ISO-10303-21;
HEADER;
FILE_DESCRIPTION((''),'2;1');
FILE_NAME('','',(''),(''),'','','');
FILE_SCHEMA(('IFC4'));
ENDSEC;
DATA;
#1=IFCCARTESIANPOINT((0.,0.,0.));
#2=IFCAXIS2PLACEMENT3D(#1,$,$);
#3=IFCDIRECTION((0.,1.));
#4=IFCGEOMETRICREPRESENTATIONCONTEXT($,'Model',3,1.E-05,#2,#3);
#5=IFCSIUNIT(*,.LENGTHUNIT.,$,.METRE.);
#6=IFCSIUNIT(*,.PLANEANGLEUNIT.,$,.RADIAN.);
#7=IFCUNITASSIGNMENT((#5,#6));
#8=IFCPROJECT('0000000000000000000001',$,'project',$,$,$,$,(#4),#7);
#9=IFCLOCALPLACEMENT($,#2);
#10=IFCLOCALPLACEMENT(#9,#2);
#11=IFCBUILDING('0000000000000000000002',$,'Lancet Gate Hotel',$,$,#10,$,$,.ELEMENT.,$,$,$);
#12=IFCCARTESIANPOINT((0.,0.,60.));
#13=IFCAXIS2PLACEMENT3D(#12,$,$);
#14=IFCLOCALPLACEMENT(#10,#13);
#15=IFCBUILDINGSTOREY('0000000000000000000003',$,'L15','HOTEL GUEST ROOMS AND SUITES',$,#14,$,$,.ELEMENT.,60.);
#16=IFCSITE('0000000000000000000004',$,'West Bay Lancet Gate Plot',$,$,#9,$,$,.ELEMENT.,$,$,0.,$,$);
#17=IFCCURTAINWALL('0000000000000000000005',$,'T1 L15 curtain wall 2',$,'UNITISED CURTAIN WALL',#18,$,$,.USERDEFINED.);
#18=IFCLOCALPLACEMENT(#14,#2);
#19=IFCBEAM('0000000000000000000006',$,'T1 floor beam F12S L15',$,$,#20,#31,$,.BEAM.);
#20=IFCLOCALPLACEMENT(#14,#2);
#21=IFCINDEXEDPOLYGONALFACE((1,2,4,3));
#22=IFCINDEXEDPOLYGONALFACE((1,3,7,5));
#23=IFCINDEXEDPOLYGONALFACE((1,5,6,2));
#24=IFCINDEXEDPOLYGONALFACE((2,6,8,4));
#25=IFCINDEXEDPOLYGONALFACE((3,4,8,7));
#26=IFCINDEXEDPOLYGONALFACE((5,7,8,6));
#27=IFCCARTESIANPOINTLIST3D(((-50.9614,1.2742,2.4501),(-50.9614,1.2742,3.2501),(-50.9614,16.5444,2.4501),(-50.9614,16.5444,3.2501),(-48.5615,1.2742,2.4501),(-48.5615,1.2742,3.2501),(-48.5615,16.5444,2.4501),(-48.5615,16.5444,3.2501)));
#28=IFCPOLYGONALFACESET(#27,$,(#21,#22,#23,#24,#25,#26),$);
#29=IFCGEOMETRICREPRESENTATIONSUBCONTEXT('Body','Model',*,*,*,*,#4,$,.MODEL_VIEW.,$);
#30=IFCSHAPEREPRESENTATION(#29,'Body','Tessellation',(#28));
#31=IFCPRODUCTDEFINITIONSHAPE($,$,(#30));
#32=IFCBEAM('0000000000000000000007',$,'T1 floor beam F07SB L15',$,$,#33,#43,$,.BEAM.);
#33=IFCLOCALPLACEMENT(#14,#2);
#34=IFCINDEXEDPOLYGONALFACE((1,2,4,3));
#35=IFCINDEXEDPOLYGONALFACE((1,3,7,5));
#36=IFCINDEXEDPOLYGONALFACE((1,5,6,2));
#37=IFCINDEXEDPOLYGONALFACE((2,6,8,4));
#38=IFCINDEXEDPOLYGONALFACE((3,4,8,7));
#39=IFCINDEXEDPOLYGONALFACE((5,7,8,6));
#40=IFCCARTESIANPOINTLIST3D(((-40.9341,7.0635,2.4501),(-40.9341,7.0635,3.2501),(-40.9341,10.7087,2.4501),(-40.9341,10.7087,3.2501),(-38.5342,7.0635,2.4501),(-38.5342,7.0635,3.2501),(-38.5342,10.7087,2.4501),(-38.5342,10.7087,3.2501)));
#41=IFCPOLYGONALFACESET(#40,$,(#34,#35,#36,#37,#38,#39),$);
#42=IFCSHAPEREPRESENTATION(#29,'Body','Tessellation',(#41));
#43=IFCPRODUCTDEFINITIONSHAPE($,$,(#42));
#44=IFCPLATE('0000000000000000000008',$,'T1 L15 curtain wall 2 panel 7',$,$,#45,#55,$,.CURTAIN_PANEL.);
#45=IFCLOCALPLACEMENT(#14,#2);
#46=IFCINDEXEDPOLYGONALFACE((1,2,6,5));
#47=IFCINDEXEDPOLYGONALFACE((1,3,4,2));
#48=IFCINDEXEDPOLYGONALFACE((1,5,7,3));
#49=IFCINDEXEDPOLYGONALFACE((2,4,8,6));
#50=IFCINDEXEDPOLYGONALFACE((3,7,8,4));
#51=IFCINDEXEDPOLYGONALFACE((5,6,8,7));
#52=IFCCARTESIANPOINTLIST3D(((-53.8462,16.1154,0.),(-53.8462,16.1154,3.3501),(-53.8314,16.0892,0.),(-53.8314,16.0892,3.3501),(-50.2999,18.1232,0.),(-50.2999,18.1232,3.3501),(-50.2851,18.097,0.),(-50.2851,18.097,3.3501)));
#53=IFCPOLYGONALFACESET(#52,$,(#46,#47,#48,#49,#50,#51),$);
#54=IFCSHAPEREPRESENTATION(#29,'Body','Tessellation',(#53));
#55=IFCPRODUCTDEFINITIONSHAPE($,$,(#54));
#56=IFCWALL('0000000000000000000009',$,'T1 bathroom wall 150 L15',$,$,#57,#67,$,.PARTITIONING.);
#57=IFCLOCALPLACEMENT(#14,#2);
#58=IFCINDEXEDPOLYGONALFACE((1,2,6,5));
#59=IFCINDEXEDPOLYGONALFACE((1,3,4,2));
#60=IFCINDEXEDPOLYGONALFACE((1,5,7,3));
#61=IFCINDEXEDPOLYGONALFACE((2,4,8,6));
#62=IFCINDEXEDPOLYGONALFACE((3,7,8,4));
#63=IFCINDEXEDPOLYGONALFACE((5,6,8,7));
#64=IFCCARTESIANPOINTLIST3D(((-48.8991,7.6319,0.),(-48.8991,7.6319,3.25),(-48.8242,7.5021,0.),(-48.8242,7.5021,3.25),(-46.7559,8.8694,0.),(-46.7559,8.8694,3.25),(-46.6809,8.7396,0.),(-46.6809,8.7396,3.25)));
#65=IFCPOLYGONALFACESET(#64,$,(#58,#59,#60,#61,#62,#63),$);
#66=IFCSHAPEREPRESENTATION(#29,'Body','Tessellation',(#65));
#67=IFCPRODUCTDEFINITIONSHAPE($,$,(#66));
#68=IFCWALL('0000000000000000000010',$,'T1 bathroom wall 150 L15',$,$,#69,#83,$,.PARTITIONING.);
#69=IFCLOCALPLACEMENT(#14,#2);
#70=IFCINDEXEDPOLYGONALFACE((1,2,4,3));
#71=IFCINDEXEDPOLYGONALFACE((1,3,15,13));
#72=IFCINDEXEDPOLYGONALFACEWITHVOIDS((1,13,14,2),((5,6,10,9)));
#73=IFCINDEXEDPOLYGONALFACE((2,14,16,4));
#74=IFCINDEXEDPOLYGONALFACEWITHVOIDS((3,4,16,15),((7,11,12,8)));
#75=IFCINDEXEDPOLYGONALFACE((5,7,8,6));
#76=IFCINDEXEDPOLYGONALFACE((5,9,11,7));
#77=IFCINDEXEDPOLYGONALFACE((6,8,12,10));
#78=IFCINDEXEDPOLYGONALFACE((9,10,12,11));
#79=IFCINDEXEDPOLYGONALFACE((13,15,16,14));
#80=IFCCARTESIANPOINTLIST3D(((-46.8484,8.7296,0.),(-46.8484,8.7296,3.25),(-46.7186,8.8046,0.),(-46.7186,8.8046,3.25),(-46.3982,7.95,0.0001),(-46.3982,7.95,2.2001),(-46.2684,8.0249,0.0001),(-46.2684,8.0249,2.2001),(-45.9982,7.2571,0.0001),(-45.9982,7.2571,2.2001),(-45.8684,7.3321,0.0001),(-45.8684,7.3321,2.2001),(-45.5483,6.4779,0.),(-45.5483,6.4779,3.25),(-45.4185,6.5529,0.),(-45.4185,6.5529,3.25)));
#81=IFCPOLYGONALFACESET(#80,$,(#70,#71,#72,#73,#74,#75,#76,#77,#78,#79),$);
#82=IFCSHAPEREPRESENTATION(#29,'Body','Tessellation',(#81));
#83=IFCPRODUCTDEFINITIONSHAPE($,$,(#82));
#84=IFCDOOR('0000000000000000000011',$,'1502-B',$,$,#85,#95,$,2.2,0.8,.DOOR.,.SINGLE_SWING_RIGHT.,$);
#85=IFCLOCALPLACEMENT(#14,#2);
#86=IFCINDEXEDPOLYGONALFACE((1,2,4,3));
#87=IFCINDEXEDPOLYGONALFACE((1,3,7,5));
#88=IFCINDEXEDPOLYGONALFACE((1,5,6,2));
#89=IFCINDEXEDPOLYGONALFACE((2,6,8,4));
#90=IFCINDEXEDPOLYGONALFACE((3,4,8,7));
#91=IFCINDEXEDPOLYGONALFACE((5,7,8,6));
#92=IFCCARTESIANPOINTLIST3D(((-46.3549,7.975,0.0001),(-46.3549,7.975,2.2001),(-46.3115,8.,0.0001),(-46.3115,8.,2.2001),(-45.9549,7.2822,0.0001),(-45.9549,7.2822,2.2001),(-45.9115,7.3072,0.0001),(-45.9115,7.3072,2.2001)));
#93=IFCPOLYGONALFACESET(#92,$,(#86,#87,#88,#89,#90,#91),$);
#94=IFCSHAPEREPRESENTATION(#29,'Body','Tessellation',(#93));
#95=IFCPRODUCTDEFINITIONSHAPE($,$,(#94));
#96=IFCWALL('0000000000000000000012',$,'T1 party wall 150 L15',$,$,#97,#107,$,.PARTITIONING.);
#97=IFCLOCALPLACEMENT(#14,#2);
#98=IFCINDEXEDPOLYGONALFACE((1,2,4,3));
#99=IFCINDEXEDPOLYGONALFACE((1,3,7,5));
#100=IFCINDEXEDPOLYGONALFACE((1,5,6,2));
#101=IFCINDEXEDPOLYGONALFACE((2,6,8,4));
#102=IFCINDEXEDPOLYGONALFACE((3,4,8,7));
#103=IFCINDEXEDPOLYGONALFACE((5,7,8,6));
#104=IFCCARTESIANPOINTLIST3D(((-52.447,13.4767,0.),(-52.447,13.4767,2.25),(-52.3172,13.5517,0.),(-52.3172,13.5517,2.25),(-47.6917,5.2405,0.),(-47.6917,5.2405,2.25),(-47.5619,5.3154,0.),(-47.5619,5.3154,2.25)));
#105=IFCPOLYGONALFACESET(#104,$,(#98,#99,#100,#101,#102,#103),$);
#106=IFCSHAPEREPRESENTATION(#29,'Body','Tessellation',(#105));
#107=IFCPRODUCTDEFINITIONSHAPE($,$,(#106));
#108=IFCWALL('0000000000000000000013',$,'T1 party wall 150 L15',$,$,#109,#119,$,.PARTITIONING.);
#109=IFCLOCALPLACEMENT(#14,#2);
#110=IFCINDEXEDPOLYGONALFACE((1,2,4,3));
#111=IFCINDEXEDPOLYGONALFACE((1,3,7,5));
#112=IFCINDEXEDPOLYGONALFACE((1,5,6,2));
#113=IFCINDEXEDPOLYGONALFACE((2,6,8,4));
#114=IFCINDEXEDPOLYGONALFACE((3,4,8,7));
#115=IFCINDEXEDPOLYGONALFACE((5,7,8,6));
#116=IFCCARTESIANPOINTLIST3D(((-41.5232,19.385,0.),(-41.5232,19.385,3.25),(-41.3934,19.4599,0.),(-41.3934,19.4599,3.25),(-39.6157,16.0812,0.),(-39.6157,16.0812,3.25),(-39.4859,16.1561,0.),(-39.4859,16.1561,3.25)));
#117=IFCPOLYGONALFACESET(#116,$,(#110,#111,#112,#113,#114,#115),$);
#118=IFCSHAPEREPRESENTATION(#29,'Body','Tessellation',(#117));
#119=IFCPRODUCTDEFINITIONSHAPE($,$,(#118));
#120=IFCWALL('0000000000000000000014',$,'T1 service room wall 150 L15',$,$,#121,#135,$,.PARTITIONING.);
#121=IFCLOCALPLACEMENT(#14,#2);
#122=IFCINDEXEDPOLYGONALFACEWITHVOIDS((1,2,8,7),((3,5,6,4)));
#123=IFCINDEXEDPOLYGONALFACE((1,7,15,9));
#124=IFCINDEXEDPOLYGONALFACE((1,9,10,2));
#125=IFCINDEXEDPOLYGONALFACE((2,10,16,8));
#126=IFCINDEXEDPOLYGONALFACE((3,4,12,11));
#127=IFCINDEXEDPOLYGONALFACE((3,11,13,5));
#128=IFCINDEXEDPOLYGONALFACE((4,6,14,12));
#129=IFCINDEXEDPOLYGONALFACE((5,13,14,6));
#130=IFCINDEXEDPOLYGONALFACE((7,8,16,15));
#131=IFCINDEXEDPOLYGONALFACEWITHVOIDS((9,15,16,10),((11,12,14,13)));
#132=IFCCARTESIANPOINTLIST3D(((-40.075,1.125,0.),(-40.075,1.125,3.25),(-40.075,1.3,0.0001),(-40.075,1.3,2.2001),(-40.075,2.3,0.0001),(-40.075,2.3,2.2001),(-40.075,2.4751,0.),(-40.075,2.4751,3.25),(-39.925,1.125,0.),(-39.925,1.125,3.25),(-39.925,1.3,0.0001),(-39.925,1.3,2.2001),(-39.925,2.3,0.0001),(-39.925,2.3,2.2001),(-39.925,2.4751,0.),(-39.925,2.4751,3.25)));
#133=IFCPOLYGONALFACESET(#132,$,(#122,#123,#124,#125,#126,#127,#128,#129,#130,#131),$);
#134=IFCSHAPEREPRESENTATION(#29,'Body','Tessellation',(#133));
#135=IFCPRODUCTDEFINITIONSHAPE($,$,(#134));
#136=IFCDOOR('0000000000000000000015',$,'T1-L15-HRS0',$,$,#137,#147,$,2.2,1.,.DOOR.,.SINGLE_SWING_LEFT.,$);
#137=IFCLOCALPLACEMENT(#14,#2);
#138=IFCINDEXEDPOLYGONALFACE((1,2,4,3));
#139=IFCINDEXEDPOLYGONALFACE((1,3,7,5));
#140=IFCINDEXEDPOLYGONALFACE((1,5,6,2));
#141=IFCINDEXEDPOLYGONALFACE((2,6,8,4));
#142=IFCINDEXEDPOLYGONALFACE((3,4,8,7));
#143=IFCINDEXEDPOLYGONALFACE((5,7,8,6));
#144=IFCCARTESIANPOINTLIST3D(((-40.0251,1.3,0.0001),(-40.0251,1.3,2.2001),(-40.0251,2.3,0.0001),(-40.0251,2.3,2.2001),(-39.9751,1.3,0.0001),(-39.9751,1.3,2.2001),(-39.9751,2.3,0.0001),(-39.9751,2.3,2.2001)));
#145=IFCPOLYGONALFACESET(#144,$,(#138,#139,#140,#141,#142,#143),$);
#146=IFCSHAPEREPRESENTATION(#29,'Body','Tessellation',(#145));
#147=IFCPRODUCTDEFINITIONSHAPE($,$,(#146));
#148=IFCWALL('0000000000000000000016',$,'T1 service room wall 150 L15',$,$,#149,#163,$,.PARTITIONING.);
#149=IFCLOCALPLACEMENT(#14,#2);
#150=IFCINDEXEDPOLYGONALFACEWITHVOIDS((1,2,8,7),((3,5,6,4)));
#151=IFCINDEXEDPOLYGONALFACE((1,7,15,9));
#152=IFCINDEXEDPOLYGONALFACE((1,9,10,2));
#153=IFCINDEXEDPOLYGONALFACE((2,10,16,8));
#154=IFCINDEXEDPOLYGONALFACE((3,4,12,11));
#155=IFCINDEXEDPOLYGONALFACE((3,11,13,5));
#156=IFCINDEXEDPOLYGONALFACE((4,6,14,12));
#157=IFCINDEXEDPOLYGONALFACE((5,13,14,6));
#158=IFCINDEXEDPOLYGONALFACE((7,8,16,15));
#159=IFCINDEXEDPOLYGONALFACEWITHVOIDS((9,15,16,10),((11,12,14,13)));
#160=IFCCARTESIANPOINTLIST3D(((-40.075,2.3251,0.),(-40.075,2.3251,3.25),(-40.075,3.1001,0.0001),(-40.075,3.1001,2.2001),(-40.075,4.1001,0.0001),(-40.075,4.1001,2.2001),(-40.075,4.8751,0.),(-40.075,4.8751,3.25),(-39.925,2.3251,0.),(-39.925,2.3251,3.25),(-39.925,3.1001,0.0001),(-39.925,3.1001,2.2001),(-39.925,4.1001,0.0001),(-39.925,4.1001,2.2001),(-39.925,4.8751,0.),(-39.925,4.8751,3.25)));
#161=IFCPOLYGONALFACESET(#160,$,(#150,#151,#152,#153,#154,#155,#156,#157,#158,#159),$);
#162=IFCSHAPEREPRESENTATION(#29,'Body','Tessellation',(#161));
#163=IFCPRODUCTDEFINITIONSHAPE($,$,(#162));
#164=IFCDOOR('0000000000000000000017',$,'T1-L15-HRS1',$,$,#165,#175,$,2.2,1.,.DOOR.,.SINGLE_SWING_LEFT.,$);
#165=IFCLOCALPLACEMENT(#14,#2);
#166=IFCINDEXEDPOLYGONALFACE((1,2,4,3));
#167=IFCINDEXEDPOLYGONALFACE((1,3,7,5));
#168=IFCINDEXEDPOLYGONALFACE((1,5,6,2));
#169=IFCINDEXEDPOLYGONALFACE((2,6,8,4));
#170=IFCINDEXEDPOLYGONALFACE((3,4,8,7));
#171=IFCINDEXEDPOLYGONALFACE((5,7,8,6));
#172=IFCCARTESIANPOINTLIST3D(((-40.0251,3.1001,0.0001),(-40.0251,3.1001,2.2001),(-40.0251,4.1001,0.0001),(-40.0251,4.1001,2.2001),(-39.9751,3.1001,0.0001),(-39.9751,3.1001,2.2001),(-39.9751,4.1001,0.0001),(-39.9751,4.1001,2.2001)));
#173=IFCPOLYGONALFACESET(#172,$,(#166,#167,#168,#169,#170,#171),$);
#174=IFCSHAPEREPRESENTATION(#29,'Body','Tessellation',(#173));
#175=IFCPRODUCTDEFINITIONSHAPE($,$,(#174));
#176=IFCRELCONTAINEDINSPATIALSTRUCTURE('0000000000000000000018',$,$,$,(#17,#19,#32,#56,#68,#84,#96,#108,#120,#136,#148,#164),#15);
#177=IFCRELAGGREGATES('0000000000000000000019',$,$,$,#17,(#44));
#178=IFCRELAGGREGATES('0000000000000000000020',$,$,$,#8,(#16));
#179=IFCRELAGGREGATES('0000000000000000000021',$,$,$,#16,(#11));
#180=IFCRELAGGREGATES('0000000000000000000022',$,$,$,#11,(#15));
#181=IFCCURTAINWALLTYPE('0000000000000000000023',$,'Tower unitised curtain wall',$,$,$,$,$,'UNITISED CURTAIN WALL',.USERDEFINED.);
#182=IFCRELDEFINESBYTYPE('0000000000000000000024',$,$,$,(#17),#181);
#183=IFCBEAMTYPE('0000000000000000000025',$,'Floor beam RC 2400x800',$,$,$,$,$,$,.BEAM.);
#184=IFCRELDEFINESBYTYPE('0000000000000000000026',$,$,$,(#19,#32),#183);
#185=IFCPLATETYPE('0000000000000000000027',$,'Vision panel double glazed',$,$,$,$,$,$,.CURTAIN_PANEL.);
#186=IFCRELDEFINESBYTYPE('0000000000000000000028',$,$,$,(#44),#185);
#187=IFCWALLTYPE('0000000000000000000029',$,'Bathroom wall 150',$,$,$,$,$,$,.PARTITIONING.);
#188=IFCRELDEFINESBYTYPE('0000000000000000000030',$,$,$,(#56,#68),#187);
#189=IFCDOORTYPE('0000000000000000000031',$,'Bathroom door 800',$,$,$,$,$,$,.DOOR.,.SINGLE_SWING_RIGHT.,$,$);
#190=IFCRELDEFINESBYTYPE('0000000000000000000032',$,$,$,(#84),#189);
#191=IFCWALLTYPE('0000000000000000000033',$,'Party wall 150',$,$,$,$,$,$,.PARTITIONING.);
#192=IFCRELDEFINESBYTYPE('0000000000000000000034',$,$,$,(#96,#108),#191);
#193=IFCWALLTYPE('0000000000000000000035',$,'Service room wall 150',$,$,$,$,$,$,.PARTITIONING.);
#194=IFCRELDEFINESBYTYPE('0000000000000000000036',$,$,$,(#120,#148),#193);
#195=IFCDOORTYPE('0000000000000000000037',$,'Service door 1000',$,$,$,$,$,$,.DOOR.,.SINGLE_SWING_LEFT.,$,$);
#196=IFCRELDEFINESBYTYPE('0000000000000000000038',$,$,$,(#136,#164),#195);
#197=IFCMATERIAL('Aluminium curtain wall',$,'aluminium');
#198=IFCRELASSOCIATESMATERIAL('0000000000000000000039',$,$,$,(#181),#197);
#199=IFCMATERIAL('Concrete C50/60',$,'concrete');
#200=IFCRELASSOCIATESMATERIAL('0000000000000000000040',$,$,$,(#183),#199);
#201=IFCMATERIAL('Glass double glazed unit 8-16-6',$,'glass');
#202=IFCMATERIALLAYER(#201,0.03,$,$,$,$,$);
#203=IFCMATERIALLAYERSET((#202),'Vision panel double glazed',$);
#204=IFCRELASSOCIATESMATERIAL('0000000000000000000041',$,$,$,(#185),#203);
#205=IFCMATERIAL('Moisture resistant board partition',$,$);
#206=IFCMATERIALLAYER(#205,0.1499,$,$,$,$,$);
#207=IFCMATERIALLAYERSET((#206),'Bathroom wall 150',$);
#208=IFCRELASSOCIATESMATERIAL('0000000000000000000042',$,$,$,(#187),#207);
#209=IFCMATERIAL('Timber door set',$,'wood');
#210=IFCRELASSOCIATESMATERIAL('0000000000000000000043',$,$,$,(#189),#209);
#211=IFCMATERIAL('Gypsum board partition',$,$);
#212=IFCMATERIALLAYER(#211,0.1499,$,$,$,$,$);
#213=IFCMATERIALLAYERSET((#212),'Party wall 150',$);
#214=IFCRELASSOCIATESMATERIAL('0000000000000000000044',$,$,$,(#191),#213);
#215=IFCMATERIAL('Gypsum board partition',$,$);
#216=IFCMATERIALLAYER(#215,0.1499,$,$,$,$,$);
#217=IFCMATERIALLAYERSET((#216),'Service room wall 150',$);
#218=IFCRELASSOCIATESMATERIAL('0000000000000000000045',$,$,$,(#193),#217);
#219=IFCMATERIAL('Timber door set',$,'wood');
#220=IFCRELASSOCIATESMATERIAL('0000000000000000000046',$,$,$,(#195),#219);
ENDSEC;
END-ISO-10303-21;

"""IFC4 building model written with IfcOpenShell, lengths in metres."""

from ifc_helpers import new_model, si_unit, direction, frame, frame_2d, origin, origin_2d, place, context, subcontext, project, spatial, rectangle, extrude, material, layer, layer_set, material_profile, profile_set, type_object, element, fill, aggregate, save


model = new_model("IFC4")

# Units and contexts
model_context = context("Model", 3, precision=1e-05, world=origin(), true_north=direction((0.0, 1.0)))
body_context = subcontext(model_context, "Body", "Model", "MODEL_VIEW")
ifc_project = project(units=[si_unit("LENGTHUNIT", "METRE"), si_unit("PLANEANGLEUNIT", "RADIAN")], contexts=[model_context])

# Site, building, storey
site_placement = place(None, origin())
site = spatial("IfcSite", under=ifc_project, at=site_placement, Name="West Bay Lancet Gate Plot", CompositionType="ELEMENT", RefElevation=0.0)
building_placement = place(site_placement, origin())
building = spatial("IfcBuilding", under=site, at=building_placement, Name="Lancet Gate Hotel", CompositionType="ELEMENT")
storey_placement = place(building_placement, frame((0.0, 0.0, 60.0)))
storey = spatial("IfcBuildingStorey", under=building, at=storey_placement, Name="L15", Description="HOTEL GUEST ROOMS AND SUITES", CompositionType="ELEMENT", Elevation=60.0)

# Curtain wall
ifc_material_1 = material(Name="Aluminium curtain wall", Category="aluminium")
curtain_wall_type = type_object("IfcCurtainWallType", Name="Tower unitised curtain wall", ElementType="UNITISED CURTAIN WALL", PredefinedType="USERDEFINED", material=ifc_material_1)
curtain_wall_placement = place(storey_placement, origin())
curtain_wall = element("IfcCurtainWall", 1, at=curtain_wall_placement, inside=storey, type_object=curtain_wall_type, Name="T1 L15 curtain wall 2", ObjectType="UNITISED CURTAIN WALL", PredefinedType="USERDEFINED")

# Beams
ifc_material_2 = material(Name="Concrete C50/60", Category="concrete")
ifc_material_profile_1 = material_profile(ifc_material_2, rectangle(XDim=2.3999, YDim=0.8, at=origin_2d()), Name="RC 2400x800")
ifc_profile_set_1 = profile_set([ifc_material_profile_1], Name="Concrete C50/60")
beam_type_1 = type_object("IfcBeamType", Name="Floor beam RC 2400x800", PredefinedType="BEAM", material=ifc_profile_set_1)
beam_1_placement = place(storey_placement, frame((-49.7615, 16.5444, 2.8501), z_axis=(0.0, -1.0, 0.0), x_axis=(1.0, 0.0, 0.0)))
element("IfcBeam", 2, at=beam_1_placement, inside=storey, type_object=beam_type_1, Name="T1 floor beam F12S L15", PredefinedType="BEAM", context=body_context, shape_type="SweptSolid", body=[
    extrude(rectangle(XDim=2.3999, YDim=0.8, at=origin_2d()), origin(), (0.0, 0.0, 1.0), 15.2703),
])
beam_2_placement = place(storey_placement, frame((-39.7341, 10.7087, 2.8501), z_axis=(0.0, -1.0, 0.0), x_axis=(1.0, 0.0, 0.0)))
element("IfcBeam", 3, at=beam_2_placement, inside=storey, type_object=beam_type_1, Name="T1 floor beam F07SB L15", PredefinedType="BEAM", context=body_context, shape_type="SweptSolid", body=[
    extrude(rectangle(XDim=2.3999, YDim=0.8, at=origin_2d()), origin(), (0.0, 0.0, 1.0), 3.6453),
])

# Plate
ifc_material_3 = material(Name="Glass double glazed unit 8-16-6", Category="glass")
ifc_layer_1 = layer(ifc_material_3, 0.03)
ifc_layer_set_1 = layer_set([ifc_layer_1], Name="Vision panel double glazed")
plate_type = type_object("IfcPlateType", Name="Vision panel double glazed", PredefinedType="CURTAIN_PANEL", material=ifc_layer_set_1)
plate_placement = place(storey_placement, frame((-52.0657, 17.1062, 0.0), z_axis=(0.0, 0.0, 1.0), x_axis=(-0.870205, -0.49269, 0.0)))
plate = element("IfcPlate", 4, at=plate_placement, type_object=plate_type, Name="T1 L15 curtain wall 2 panel 7", PredefinedType="CURTAIN_PANEL", context=body_context, shape_type="SweptSolid", body=[
    extrude(rectangle(XDim=4.0752, YDim=0.03, at=origin_2d()), origin(), (0.0, 0.0, 1.0), 3.3501),
])
aggregate(curtain_wall, [plate])

# Wall
ifc_material_4 = material(Name="Moisture resistant board partition")
ifc_layer_2 = layer(ifc_material_4, 0.1499)
ifc_layer_set_2 = layer_set([ifc_layer_2], Name="Bathroom wall 150")
wall_type_1 = type_object("IfcWallType", Name="Bathroom wall 150", PredefinedType="PARTITIONING", material=ifc_layer_set_2)
wall_1_placement = place(storey_placement, frame((-46.7185, 8.8044, 0.0), z_axis=(0.0, 0.0, 1.0), x_axis=(-0.866007, -0.500033, 0.0)))
element("IfcWall", 5, at=wall_1_placement, inside=storey, type_object=wall_type_1, Name="T1 bathroom wall 150 L15", PredefinedType="PARTITIONING", context=body_context, shape_type="SweptSolid", body=[
    extrude(rectangle(XDim=2.4749, YDim=0.1499, at=frame_2d((1.2373, 0.0))), origin(), (0.0, 0.0, 1.0), 3.25),
])

# Wall, opening, door
wall_2_placement = place(storey_placement, frame((-45.4834, 6.5154, 0.0), z_axis=(0.0, 0.0, 1.0), x_axis=(-0.500007, 0.866021, 0.0)))
wall_2 = element("IfcWall", 6, at=wall_2_placement, inside=storey, type_object=wall_type_1, Name="T1 bathroom wall 150 L15", PredefinedType="PARTITIONING", context=body_context, shape_type="SweptSolid", body=[
    extrude(rectangle(XDim=2.6001, YDim=0.1499, at=frame_2d((1.3, 0.0))), origin(), (0.0, 0.0, 1.0), 3.25),
])
opening_1_placement = place(wall_2_placement, frame((0.8999, 0.0, 0.0)))
opening_1 = element("IfcOpeningElement", 7, at=opening_1_placement, cuts=wall_2, PredefinedType="OPENING", context=body_context, shape_type="SweptSolid", body=[
    extrude(rectangle(XDim=0.8, YDim=2.2, at=frame_2d((0.3999, 1.1001))), frame((0.0, 0.085, 0.0), z_axis=(0.0, -1.0, 0.0), x_axis=(1.0, 0.0, 0.0)), (0.0, 0.0, 1.0), 0.1699),
])
ifc_material_5 = material(Name="Timber door set", Category="wood")
door_type_1 = type_object("IfcDoorType", Name="Bathroom door 800", OperationType="SINGLE_SWING_RIGHT", PredefinedType="DOOR", material=ifc_material_5)
door_1_placement = place(opening_1_placement, origin())
door_1 = element("IfcDoor", 8, at=door_1_placement, inside=storey, type_object=door_type_1, Name="1502-B", OperationType="SINGLE_SWING_RIGHT", OverallHeight=2.2, OverallWidth=0.8, PredefinedType="DOOR", context=body_context, shape_type="SweptSolid", body=[
    extrude(rectangle(XDim=0.8, YDim=2.2, at=frame_2d((0.3999, 1.1001))), frame((0.0, 0.0249, 0.0), z_axis=(0.0, -1.0, 0.0), x_axis=(1.0, 0.0, 0.0)), (0.0, 0.0, 1.0), 0.05),
])
fill(opening_1, door_1)

# Walls
ifc_material_6 = material(Name="Gypsum board partition")
ifc_layer_3 = layer(ifc_material_6, 0.1499)
ifc_layer_set_3 = layer_set([ifc_layer_3], Name="Party wall 150")
wall_type_2 = type_object("IfcWallType", Name="Party wall 150", PredefinedType="PARTITIONING", material=ifc_layer_set_3)
wall_3_placement = place(storey_placement, frame((-47.6267, 5.2778, 0.0), z_axis=(0.0, 0.0, 1.0), x_axis=(-0.50001, 0.86602, 0.0)))
element("IfcWall", 9, at=wall_3_placement, inside=storey, type_object=wall_type_2, Name="T1 party wall 150 L15", PredefinedType="PARTITIONING", context=body_context, shape_type="SweptSolid", body=[
    extrude(rectangle(XDim=9.5105, YDim=0.1499, at=frame_2d((4.7554, 0.0))), origin(), (0.0, 0.0, 1.0), 2.25),
])
wall_4_placement = place(storey_placement, frame((-39.5508, 16.1187, 0.0), z_axis=(0.0, 0.0, 1.0), x_axis=(-0.500014, 0.866017, 0.0)))
element("IfcWall", 10, at=wall_4_placement, inside=storey, type_object=wall_type_2, Name="T1 party wall 150 L15", PredefinedType="PARTITIONING", context=body_context, shape_type="SweptSolid", body=[
    extrude(rectangle(XDim=3.8149, YDim=0.1499, at=frame_2d((1.9075, 0.0))), origin(), (0.0, 0.0, 1.0), 3.25),
])

# Walls, openings, doors
ifc_material_7 = material(Name="Gypsum board partition")
ifc_layer_4 = layer(ifc_material_7, 0.1499)
ifc_layer_set_4 = layer_set([ifc_layer_4], Name="Service room wall 150")
wall_type_3 = type_object("IfcWallType", Name="Service room wall 150", PredefinedType="PARTITIONING", material=ifc_layer_set_4)
wall_5_placement = place(storey_placement, frame((-40.0, 2.4751, 0.0), z_axis=(0.0, 0.0, 1.0), x_axis=(0.0, -1.0, 0.0)))
wall_5 = element("IfcWall", 11, at=wall_5_placement, inside=storey, type_object=wall_type_3, Name="T1 service room wall 150 L15", PredefinedType="PARTITIONING", context=body_context, shape_type="SweptSolid", body=[
    extrude(rectangle(XDim=1.3501, YDim=0.1499, at=frame_2d((0.675, 0.0))), origin(), (0.0, 0.0, 1.0), 3.25),
])
opening_2_placement = place(wall_5_placement, frame((0.175, 0.0, 0.0)))
opening_2 = element("IfcOpeningElement", 12, at=opening_2_placement, cuts=wall_5, PredefinedType="OPENING", context=body_context, shape_type="SweptSolid", body=[
    extrude(rectangle(XDim=1.0, YDim=2.2, at=frame_2d((0.5, 1.1001))), frame((0.0, 0.085, 0.0), z_axis=(0.0, -1.0, 0.0), x_axis=(1.0, 0.0, 0.0)), (0.0, 0.0, 1.0), 0.1699),
])
ifc_material_8 = material(Name="Timber door set", Category="wood")
door_type_2 = type_object("IfcDoorType", Name="Service door 1000", OperationType="SINGLE_SWING_LEFT", PredefinedType="DOOR", material=ifc_material_8)
door_2_placement = place(opening_2_placement, origin())
door_2 = element("IfcDoor", 13, at=door_2_placement, inside=storey, type_object=door_type_2, Name="T1-L15-HRS0", OperationType="SINGLE_SWING_LEFT", OverallHeight=2.2, OverallWidth=1.0, PredefinedType="DOOR", context=body_context, shape_type="SweptSolid", body=[
    extrude(rectangle(XDim=1.0, YDim=2.2, at=frame_2d((0.5, 1.1001))), frame((0.0, 0.0249, 0.0), z_axis=(0.0, -1.0, 0.0), x_axis=(1.0, 0.0, 0.0)), (0.0, 0.0, 1.0), 0.05),
])
fill(opening_2, door_2)
wall_6_placement = place(storey_placement, frame((-40.0, 4.875, 0.0), z_axis=(0.0, 0.0, 1.0), x_axis=(0.0, -1.0, 0.0)))
wall_6 = element("IfcWall", 14, at=wall_6_placement, inside=storey, type_object=wall_type_3, Name="T1 service room wall 150 L15", PredefinedType="PARTITIONING", context=body_context, shape_type="SweptSolid", body=[
    extrude(rectangle(XDim=2.55, YDim=0.1499, at=frame_2d((1.2749, 0.0))), origin(), (0.0, 0.0, 1.0), 3.25),
])
opening_3_placement = place(wall_6_placement, frame((0.7749, 0.0, 0.0)))
opening_3 = element("IfcOpeningElement", 15, at=opening_3_placement, cuts=wall_6, PredefinedType="OPENING", context=body_context, shape_type="SweptSolid", body=[
    extrude(rectangle(XDim=1.0, YDim=2.2, at=frame_2d((0.5, 1.1001))), frame((0.0, 0.085, 0.0), z_axis=(0.0, -1.0, 0.0), x_axis=(1.0, 0.0, 0.0)), (0.0, 0.0, 1.0), 0.1699),
])
door_3_placement = place(opening_3_placement, origin())
door_3 = element("IfcDoor", 16, at=door_3_placement, inside=storey, type_object=door_type_2, Name="T1-L15-HRS1", OperationType="SINGLE_SWING_LEFT", OverallHeight=2.2, OverallWidth=1.0, PredefinedType="DOOR", context=body_context, shape_type="SweptSolid", body=[
    extrude(rectangle(XDim=1.0, YDim=2.2, at=frame_2d((0.5, 1.1001))), frame((0.0, 0.0249, 0.0), z_axis=(0.0, -1.0, 0.0), x_axis=(1.0, 0.0, 0.0)), (0.0, 0.0, 1.0), 0.05),
])
fill(opening_3, door_3)

save(model, "model.ifc")
